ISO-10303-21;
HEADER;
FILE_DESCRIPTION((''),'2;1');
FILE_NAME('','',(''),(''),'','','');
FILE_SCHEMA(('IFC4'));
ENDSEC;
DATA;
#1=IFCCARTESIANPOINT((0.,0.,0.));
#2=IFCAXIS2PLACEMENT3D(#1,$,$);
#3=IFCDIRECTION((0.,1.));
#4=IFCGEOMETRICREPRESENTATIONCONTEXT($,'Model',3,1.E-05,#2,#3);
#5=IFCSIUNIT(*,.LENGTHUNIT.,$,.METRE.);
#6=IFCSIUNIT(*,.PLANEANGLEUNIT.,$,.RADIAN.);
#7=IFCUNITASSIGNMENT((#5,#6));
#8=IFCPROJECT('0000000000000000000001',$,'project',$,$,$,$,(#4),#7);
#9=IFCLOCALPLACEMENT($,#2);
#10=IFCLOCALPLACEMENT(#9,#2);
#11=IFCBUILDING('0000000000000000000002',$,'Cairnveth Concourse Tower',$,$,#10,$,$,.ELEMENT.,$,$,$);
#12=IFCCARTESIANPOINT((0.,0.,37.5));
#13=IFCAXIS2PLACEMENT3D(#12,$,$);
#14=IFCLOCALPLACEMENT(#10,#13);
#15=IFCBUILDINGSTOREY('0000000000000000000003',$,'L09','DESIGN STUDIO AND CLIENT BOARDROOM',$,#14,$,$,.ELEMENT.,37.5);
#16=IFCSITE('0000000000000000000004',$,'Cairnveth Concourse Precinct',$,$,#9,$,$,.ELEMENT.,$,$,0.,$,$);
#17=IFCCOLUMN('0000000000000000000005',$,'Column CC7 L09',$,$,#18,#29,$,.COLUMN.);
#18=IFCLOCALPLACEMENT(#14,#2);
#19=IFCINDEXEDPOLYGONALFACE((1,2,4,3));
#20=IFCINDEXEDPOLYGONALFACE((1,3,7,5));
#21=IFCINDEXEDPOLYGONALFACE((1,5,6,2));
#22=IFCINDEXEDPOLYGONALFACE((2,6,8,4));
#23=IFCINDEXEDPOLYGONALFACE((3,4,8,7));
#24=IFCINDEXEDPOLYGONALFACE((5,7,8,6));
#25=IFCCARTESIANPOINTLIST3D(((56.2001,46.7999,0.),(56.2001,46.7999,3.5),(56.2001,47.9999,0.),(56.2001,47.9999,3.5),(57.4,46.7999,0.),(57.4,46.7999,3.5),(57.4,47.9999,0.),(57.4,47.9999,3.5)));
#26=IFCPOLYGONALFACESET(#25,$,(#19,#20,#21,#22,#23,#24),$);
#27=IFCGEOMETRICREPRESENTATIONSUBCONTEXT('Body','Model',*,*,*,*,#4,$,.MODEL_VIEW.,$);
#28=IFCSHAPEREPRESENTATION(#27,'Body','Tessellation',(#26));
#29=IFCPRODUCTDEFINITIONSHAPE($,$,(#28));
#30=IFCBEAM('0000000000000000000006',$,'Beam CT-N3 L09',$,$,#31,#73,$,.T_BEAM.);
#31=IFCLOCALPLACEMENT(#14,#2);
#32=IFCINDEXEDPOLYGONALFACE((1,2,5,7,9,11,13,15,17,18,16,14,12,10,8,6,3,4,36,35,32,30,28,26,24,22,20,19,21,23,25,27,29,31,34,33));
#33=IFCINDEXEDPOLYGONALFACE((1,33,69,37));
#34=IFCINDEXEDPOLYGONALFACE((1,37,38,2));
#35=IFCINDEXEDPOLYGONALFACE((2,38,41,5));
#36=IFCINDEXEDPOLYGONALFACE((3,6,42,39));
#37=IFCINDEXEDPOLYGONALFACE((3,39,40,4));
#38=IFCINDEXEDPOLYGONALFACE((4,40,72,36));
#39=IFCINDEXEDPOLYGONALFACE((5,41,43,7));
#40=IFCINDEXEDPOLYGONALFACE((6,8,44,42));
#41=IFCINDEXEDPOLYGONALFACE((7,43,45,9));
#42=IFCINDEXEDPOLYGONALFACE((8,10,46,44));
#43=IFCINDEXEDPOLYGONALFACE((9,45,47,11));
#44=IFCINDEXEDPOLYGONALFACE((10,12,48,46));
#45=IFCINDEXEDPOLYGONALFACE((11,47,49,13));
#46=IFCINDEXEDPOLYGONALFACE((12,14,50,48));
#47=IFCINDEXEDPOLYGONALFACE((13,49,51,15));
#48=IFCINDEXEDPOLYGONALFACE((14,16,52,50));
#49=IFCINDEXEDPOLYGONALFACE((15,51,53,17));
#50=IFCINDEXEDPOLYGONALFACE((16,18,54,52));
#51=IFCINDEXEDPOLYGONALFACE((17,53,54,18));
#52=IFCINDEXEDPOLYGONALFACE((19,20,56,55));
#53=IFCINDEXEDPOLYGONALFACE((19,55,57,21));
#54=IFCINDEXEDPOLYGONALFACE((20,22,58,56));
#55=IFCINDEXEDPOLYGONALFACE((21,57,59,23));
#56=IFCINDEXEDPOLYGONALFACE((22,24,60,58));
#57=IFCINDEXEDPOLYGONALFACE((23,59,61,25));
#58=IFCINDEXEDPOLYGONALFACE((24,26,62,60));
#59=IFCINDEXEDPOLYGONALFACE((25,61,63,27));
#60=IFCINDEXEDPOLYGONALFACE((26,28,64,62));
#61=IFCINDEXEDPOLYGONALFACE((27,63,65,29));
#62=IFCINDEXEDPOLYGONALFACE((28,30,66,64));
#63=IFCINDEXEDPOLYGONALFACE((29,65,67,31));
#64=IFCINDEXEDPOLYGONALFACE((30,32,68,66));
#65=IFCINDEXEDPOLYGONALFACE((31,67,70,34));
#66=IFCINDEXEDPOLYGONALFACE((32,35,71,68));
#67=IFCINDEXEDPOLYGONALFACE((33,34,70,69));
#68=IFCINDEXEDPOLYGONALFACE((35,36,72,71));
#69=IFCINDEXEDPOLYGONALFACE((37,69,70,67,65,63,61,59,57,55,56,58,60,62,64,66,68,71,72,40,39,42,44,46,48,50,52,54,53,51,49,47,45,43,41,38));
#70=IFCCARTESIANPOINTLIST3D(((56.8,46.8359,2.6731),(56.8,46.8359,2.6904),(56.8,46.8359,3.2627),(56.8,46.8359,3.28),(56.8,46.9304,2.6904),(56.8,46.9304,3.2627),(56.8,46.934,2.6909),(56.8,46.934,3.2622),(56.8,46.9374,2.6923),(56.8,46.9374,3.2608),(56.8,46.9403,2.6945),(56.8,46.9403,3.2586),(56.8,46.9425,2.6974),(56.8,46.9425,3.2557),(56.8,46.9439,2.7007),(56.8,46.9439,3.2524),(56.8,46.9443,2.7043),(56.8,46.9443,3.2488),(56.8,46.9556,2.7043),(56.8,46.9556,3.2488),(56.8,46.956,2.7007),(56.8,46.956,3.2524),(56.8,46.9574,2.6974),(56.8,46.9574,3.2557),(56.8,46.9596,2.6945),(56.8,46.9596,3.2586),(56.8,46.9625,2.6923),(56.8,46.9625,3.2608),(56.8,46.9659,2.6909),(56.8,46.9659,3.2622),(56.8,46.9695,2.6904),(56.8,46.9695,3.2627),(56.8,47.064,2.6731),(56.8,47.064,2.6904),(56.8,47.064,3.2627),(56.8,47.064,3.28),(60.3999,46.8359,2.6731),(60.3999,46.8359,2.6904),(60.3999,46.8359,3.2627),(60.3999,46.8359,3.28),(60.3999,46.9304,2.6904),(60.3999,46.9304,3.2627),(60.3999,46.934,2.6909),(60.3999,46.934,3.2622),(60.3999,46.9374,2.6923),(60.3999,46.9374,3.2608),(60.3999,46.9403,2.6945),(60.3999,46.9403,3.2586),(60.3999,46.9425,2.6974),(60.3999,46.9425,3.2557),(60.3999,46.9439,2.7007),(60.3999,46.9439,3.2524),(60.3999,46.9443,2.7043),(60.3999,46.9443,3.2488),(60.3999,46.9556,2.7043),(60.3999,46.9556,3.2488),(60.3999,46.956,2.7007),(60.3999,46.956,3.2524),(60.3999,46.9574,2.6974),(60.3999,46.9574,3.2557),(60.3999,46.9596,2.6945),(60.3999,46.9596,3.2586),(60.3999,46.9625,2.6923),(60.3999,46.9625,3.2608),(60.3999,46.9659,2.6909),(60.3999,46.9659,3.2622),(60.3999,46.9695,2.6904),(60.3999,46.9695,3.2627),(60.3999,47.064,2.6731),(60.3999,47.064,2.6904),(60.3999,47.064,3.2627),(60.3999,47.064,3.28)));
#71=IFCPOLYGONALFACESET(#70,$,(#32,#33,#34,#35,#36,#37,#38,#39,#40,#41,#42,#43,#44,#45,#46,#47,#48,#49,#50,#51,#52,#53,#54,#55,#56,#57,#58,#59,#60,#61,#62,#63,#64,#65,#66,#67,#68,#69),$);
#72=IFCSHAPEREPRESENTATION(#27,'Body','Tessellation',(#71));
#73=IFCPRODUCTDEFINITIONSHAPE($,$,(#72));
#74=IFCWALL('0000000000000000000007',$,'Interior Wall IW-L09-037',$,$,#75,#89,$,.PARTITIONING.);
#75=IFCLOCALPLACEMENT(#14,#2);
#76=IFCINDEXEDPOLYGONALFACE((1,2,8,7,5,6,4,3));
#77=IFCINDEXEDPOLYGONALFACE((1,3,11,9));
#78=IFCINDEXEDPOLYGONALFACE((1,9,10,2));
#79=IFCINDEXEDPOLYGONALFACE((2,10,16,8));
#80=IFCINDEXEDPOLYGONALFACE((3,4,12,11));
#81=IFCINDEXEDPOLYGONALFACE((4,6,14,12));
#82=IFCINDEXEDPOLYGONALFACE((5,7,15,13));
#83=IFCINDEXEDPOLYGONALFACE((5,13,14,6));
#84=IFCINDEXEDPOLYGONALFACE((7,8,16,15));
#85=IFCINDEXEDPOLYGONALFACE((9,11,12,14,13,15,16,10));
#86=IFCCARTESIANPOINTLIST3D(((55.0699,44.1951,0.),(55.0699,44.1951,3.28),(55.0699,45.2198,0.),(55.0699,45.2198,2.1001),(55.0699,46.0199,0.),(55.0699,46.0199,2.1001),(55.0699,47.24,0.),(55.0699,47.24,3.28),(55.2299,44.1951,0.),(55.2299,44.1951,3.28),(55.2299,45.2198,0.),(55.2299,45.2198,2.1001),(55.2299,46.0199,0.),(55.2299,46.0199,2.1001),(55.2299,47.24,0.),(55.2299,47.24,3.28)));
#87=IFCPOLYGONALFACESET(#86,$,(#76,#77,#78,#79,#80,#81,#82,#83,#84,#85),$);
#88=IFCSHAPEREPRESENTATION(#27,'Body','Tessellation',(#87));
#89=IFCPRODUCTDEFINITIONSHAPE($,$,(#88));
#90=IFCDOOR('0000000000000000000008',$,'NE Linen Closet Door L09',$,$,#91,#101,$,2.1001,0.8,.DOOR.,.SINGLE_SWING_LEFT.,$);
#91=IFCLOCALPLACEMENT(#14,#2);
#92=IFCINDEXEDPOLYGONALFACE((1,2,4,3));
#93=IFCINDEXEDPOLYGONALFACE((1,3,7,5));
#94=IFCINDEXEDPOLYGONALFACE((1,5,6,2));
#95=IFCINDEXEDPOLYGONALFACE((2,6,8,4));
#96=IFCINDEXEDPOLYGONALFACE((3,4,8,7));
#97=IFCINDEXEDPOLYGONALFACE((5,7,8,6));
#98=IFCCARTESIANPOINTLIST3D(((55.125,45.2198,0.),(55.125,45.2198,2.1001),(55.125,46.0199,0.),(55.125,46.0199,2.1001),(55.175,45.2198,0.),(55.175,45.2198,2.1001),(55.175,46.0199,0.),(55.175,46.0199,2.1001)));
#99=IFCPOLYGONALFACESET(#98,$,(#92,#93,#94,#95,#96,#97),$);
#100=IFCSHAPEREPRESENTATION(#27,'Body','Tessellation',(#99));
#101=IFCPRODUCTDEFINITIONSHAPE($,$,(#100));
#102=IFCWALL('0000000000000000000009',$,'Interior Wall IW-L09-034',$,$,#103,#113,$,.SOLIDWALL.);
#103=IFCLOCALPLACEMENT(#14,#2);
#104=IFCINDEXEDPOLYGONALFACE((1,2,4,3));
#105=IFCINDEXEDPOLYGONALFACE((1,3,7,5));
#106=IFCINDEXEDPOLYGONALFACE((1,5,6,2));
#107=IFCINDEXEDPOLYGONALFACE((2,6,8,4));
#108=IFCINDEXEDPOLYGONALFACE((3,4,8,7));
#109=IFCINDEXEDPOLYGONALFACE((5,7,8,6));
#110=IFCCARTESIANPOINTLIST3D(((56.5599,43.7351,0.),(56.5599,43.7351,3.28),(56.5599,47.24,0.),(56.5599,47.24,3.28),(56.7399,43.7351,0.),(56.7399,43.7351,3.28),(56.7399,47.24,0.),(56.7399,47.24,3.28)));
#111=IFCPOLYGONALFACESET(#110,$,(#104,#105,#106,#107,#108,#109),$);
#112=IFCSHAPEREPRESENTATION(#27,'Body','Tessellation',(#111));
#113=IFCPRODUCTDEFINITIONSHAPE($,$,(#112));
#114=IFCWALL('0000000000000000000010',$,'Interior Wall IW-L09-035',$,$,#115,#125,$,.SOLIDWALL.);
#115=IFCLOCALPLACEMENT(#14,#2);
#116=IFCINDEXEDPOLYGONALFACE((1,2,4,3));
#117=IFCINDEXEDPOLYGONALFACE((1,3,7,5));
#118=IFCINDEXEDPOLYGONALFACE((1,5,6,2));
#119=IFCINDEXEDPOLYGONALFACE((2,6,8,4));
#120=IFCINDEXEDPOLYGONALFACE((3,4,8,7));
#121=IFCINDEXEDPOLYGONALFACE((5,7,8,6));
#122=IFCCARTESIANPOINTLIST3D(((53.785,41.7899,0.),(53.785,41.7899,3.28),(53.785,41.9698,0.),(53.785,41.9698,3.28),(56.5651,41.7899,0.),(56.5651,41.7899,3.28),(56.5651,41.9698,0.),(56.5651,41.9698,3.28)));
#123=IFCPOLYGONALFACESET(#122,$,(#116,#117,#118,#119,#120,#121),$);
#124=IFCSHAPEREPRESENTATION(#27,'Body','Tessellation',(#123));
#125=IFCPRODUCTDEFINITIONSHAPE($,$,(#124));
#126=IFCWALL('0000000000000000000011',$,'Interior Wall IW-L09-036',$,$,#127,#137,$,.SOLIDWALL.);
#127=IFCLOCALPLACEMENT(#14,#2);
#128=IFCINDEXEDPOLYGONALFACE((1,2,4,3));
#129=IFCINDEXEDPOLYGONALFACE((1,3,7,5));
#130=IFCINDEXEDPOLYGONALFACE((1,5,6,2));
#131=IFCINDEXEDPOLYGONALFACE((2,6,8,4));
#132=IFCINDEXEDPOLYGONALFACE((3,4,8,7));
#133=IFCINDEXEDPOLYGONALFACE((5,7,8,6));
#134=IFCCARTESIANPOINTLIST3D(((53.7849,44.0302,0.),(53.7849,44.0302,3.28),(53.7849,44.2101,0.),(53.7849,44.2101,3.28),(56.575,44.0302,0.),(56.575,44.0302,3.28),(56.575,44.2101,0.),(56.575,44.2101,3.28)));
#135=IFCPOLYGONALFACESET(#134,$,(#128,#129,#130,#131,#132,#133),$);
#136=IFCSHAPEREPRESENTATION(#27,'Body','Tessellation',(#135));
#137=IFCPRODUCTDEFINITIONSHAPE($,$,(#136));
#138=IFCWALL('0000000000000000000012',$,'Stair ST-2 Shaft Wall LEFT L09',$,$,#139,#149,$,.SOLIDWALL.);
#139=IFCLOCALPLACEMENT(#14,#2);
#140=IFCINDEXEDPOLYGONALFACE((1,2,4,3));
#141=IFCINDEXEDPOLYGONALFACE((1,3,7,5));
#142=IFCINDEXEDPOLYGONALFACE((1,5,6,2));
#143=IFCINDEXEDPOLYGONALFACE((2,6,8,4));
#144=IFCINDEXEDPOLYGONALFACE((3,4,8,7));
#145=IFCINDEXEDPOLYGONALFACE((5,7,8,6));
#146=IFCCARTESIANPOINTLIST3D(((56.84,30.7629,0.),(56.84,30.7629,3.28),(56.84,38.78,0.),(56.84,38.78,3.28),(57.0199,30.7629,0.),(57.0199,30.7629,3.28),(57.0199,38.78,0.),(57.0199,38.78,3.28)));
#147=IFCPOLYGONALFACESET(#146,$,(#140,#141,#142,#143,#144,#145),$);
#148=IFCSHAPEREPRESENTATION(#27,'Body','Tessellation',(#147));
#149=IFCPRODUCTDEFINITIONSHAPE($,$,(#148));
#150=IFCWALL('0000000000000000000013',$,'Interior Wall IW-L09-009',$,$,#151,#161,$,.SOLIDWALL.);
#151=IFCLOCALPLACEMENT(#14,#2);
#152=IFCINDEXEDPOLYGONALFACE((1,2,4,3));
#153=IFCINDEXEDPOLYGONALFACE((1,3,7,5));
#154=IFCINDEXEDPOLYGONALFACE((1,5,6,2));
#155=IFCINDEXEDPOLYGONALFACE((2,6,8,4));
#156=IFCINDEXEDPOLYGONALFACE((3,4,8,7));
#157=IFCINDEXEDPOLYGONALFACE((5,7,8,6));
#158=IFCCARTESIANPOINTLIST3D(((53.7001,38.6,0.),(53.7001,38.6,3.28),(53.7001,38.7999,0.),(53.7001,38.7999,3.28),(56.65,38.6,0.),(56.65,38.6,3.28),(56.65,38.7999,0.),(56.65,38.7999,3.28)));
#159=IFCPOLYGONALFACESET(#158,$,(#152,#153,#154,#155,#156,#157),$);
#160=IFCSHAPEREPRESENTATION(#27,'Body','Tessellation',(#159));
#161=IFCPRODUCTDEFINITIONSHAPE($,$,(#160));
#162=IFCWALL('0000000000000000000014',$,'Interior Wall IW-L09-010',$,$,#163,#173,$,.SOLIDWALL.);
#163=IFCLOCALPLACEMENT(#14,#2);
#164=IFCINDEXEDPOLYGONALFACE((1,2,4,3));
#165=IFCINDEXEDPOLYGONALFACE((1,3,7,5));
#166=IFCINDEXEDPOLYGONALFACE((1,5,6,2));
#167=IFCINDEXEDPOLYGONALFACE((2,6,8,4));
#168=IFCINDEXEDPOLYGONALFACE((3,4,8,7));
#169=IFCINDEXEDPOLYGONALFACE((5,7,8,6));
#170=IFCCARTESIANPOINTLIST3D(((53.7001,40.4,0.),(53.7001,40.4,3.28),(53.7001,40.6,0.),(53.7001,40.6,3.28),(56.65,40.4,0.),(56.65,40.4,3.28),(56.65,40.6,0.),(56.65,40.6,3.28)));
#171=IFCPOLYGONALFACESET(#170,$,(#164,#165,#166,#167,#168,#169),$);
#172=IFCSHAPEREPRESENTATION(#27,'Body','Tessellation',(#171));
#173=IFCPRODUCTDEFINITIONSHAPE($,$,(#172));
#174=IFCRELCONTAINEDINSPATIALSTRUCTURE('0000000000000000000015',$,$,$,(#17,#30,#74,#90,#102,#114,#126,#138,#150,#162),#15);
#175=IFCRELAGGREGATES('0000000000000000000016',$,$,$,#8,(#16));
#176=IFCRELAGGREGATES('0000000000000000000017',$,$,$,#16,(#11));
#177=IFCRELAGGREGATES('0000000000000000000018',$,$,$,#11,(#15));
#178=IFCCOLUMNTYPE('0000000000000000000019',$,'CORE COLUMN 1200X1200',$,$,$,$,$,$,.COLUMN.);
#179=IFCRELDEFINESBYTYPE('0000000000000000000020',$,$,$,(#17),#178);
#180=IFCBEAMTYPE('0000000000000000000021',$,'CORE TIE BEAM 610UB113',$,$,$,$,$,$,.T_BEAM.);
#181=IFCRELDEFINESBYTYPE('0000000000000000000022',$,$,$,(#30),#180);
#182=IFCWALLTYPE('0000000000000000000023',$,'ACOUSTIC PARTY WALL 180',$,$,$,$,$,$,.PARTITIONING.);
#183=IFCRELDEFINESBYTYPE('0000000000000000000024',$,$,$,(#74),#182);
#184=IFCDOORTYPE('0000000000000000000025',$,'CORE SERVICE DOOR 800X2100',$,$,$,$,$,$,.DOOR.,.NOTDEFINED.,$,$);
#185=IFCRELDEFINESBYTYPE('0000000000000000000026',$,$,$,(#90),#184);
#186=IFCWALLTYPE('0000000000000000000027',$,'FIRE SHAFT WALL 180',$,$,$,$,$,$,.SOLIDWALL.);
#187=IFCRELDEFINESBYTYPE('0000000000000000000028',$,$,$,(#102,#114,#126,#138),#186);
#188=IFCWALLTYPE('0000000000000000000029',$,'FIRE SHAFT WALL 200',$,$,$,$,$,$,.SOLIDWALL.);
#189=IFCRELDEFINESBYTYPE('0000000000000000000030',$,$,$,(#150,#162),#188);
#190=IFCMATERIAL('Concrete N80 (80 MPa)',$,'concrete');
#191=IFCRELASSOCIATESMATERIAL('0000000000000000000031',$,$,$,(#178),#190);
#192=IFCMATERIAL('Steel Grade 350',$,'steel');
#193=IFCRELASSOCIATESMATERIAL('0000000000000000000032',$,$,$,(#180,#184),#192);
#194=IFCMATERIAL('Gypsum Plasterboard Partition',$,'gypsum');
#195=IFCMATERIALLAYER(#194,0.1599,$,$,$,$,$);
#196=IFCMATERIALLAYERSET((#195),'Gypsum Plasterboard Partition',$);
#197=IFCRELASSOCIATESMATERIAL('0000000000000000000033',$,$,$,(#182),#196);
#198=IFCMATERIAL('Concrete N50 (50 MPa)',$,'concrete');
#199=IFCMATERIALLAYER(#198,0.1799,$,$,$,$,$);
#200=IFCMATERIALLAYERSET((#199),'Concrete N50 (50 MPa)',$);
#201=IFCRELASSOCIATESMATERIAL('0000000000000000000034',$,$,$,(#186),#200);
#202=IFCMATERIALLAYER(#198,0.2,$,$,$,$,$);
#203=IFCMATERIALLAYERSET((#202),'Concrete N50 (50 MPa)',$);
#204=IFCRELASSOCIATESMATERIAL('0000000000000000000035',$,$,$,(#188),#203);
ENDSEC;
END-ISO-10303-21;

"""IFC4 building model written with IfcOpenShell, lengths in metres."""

from ifc_helpers import new_model, si_unit, direction, frame, frame_2d, origin, origin_2d, place, context, subcontext, project, spatial, rectangle, i_section, extrude, material, layer, layer_set, material_profile, profile_set, type_object, element, fill, save


model = new_model("IFC4")

# Units and contexts
model_context = context("Model", 3, precision=1e-05, world=origin(), true_north=direction((0.0, 1.0)))
body_context = subcontext(model_context, "Body", "Model", "MODEL_VIEW")
ifc_project = project(units=[si_unit("LENGTHUNIT", "METRE"), si_unit("PLANEANGLEUNIT", "RADIAN")], contexts=[model_context])

# Site, building, storey
site_placement = place(None, origin())
site = spatial("IfcSite", under=ifc_project, at=site_placement, Name="Cairnveth Concourse Precinct", CompositionType="ELEMENT", RefElevation=0.0)
building_placement = place(site_placement, origin())
building = spatial("IfcBuilding", under=site, at=building_placement, Name="Cairnveth Concourse Tower", CompositionType="ELEMENT")
storey_placement = place(building_placement, frame((0.0, 0.0, 37.5)))
storey = spatial("IfcBuildingStorey", under=building, at=storey_placement, Name="L09", Description="DESIGN STUDIO AND CLIENT BOARDROOM", CompositionType="ELEMENT", Elevation=37.5)

# Column
ifc_material_1 = material(Name="Concrete N80 (80 MPa)", Category="concrete")
ifc_material_profile_1 = material_profile(ifc_material_1, rectangle(XDim=1.2, YDim=1.2, at=origin_2d()), Name="RC-COL-1200x1200")
ifc_profile_set_1 = profile_set([ifc_material_profile_1], Name="Concrete N80 (80 MPa)")
column_type = type_object("IfcColumnType", Name="CORE COLUMN 1200X1200", PredefinedType="COLUMN", material=ifc_profile_set_1)
column_placement = place(storey_placement, frame((56.8, 47.3999, 0.0), z_axis=(0.0, 0.0, 1.0), x_axis=(1.0, 0.0, 0.0)))
element("IfcColumn", 1, at=column_placement, inside=storey, type_object=column_type, Name="Column CC7 L09", PredefinedType="COLUMN", context=body_context, shape_type="SweptSolid", body=[
    extrude(rectangle(XDim=1.2, YDim=1.2, at=origin_2d()), origin(), (0.0, 0.0, 1.0), 3.5),
])

# Beam
ifc_material_2 = material(Name="Steel Grade 350", Category="steel")
ifc_material_profile_2 = material_profile(ifc_material_2, i_section(OverallWidth=0.228, OverallDepth=0.6069, WebThickness=0.0112, FlangeThickness=0.0173, FilletRadius=0.0139, at=origin_2d()), Name="610UB113")
ifc_profile_set_2 = profile_set([ifc_material_profile_2], Name="Steel Grade 350")
beam_type = type_object("IfcBeamType", Name="CORE TIE BEAM 610UB113", PredefinedType="T_BEAM", material=ifc_profile_set_2)
beam_placement = place(storey_placement, frame((56.8, 46.95, 2.9766), z_axis=(1.0, 0.0, 0.0), x_axis=(0.0, 1.0, 0.0)))
element("IfcBeam", 2, at=beam_placement, inside=storey, type_object=beam_type, Name="Beam CT-N3 L09", PredefinedType="T_BEAM", context=body_context, shape_type="SweptSolid", body=[
    extrude(i_section(OverallWidth=0.228, OverallDepth=0.6069, WebThickness=0.0112, FlangeThickness=0.0173, FilletRadius=0.0139, at=origin_2d()), origin(), (0.0, 0.0, 1.0), 3.5999),
])

# Wall, opening, door
ifc_material_3 = material(Name="Gypsum Plasterboard Partition", Category="gypsum")
ifc_layer_1 = layer(ifc_material_3, 0.1599)
ifc_layer_set_1 = layer_set([ifc_layer_1], Name="Gypsum Plasterboard Partition")
wall_type_1 = type_object("IfcWallType", Name="ACOUSTIC PARTY WALL 180", PredefinedType="PARTITIONING", material=ifc_layer_set_1)
wall_1_placement = place(storey_placement, frame((55.1499, 44.1951, 0.0), z_axis=(0.0, 0.0, 1.0), x_axis=(0.0, 1.0, 0.0)))
wall_1 = element("IfcWall", 3, at=wall_1_placement, inside=storey, type_object=wall_type_1, Name="Interior Wall IW-L09-037", PredefinedType="PARTITIONING", context=body_context, shape_type="SweptSolid", body=[
    extrude(rectangle(XDim=3.0449, YDim=0.1599, at=frame_2d((1.5225, 0.0))), origin(), (0.0, 0.0, 1.0), 3.28),
])
opening_1_placement = place(wall_1_placement, frame((1.0249, 0.0, 0.0)))
opening_1 = element("IfcOpeningElement", 4, at=opening_1_placement, cuts=wall_1, PredefinedType="OPENING", context=body_context, shape_type="SweptSolid", body=[
    extrude(rectangle(XDim=0.8, YDim=2.1001, at=frame_2d((0.3999, 1.05))), frame((0.0, 0.0898, 0.0), z_axis=(0.0, -1.0, 0.0), x_axis=(1.0, 0.0, 0.0)), (0.0, 0.0, 1.0), 0.1799),
])
door_type_1 = type_object("IfcDoorType", Name="CORE SERVICE DOOR 800X2100", OperationType="NOTDEFINED", PredefinedType="DOOR", material=ifc_material_2)
door_1_placement = place(opening_1_placement, origin())
door_1 = element("IfcDoor", 5, at=door_1_placement, inside=storey, type_object=door_type_1, Name="NE Linen Closet Door L09", OperationType="SINGLE_SWING_LEFT", OverallHeight=2.1001, OverallWidth=0.8, PredefinedType="DOOR", context=body_context, shape_type="SweptSolid", body=[
    extrude(rectangle(XDim=0.8, YDim=2.1001, at=frame_2d((0.3999, 1.05))), frame((0.0, 0.0249, 0.0), z_axis=(0.0, -1.0, 0.0), x_axis=(1.0, 0.0, 0.0)), (0.0, 0.0, 1.0), 0.05),
])
fill(opening_1, door_1)

# Walls
ifc_material_4 = material(Name="Concrete N50 (50 MPa)", Category="concrete")
ifc_layer_2 = layer(ifc_material_4, 0.1799)
ifc_layer_set_2 = layer_set([ifc_layer_2], Name="Concrete N50 (50 MPa)")
wall_type_2 = type_object("IfcWallType", Name="FIRE SHAFT WALL 180", PredefinedType="SOLIDWALL", material=ifc_layer_set_2)
wall_2_placement = place(storey_placement, frame((56.6499, 43.7351, 0.0), z_axis=(0.0, 0.0, 1.0), x_axis=(0.0, 1.0, 0.0)))
element("IfcWall", 6, at=wall_2_placement, inside=storey, type_object=wall_type_2, Name="Interior Wall IW-L09-034", PredefinedType="SOLIDWALL", context=body_context, shape_type="SweptSolid", body=[
    extrude(rectangle(XDim=3.5049, YDim=0.1799, at=frame_2d((1.7524, 0.0))), origin(), (0.0, 0.0, 1.0), 3.28),
])
wall_3_placement = place(storey_placement, frame((53.7849, 41.8799, 0.0), z_axis=(0.0, 0.0, 1.0), x_axis=(1.0, 0.0, 0.0)))
element("IfcWall", 7, at=wall_3_placement, inside=storey, type_object=wall_type_2, Name="Interior Wall IW-L09-035", PredefinedType="SOLIDWALL", context=body_context, shape_type="SweptSolid", body=[
    extrude(rectangle(XDim=2.78, YDim=0.1799, at=frame_2d((1.3901, 0.0))), origin(), (0.0, 0.0, 1.0), 3.28),
])
wall_4_placement = place(storey_placement, frame((53.7849, 44.1201, 0.0), z_axis=(0.0, 0.0, 1.0), x_axis=(1.0, 0.0, 0.0)))
element("IfcWall", 8, at=wall_4_placement, inside=storey, type_object=wall_type_2, Name="Interior Wall IW-L09-036", PredefinedType="SOLIDWALL", context=body_context, shape_type="SweptSolid", body=[
    extrude(rectangle(XDim=2.79, YDim=0.1799, at=frame_2d((1.395, 0.0))), origin(), (0.0, 0.0, 1.0), 3.28),
])

# Walls
wall_5_placement = place(storey_placement, frame((56.9299, 38.78, 0.0), z_axis=(0.0, 0.0, 1.0), x_axis=(0.0, -1.0, 0.0)))
element("IfcWall", 9, at=wall_5_placement, inside=storey, type_object=wall_type_2, Name="Stair ST-2 Shaft Wall LEFT L09", PredefinedType="SOLIDWALL", context=body_context, shape_type="SweptSolid", body=[
    extrude(rectangle(XDim=8.0171, YDim=0.1799, at=frame_2d((4.0085, 0.0))), origin(), (0.0, 0.0, 1.0), 3.28),
])
ifc_layer_3 = layer(ifc_material_4, 0.2)
ifc_layer_set_3 = layer_set([ifc_layer_3], Name="Concrete N50 (50 MPa)")
wall_type_3 = type_object("IfcWallType", Name="FIRE SHAFT WALL 200", PredefinedType="SOLIDWALL", material=ifc_layer_set_3)
for number, where, z_axis, x_axis, name in (
    (10, (53.7, 38.7, 0.0), (0.0, 0.0, 1.0), (1.0, 0.0, 0.0), "Interior Wall IW-L09-009"),
    (11, (53.7, 40.5, 0.0), (0.0, 0.0, 1.0), (1.0, 0.0, 0.0), "Interior Wall IW-L09-010"),
):
    element("IfcWall", number, at=place(storey_placement, frame(where, z_axis=z_axis, x_axis=x_axis)), inside=storey, type_object=wall_type_3, Name=name, PredefinedType="SOLIDWALL", context=body_context, shape_type="SweptSolid", body=[
        extrude(rectangle(XDim=2.95, YDim=0.2, at=frame_2d((1.4751, 0.0))), origin(), (0.0, 0.0, 1.0), 3.28),
    ])

save(model, "model.ifc")
